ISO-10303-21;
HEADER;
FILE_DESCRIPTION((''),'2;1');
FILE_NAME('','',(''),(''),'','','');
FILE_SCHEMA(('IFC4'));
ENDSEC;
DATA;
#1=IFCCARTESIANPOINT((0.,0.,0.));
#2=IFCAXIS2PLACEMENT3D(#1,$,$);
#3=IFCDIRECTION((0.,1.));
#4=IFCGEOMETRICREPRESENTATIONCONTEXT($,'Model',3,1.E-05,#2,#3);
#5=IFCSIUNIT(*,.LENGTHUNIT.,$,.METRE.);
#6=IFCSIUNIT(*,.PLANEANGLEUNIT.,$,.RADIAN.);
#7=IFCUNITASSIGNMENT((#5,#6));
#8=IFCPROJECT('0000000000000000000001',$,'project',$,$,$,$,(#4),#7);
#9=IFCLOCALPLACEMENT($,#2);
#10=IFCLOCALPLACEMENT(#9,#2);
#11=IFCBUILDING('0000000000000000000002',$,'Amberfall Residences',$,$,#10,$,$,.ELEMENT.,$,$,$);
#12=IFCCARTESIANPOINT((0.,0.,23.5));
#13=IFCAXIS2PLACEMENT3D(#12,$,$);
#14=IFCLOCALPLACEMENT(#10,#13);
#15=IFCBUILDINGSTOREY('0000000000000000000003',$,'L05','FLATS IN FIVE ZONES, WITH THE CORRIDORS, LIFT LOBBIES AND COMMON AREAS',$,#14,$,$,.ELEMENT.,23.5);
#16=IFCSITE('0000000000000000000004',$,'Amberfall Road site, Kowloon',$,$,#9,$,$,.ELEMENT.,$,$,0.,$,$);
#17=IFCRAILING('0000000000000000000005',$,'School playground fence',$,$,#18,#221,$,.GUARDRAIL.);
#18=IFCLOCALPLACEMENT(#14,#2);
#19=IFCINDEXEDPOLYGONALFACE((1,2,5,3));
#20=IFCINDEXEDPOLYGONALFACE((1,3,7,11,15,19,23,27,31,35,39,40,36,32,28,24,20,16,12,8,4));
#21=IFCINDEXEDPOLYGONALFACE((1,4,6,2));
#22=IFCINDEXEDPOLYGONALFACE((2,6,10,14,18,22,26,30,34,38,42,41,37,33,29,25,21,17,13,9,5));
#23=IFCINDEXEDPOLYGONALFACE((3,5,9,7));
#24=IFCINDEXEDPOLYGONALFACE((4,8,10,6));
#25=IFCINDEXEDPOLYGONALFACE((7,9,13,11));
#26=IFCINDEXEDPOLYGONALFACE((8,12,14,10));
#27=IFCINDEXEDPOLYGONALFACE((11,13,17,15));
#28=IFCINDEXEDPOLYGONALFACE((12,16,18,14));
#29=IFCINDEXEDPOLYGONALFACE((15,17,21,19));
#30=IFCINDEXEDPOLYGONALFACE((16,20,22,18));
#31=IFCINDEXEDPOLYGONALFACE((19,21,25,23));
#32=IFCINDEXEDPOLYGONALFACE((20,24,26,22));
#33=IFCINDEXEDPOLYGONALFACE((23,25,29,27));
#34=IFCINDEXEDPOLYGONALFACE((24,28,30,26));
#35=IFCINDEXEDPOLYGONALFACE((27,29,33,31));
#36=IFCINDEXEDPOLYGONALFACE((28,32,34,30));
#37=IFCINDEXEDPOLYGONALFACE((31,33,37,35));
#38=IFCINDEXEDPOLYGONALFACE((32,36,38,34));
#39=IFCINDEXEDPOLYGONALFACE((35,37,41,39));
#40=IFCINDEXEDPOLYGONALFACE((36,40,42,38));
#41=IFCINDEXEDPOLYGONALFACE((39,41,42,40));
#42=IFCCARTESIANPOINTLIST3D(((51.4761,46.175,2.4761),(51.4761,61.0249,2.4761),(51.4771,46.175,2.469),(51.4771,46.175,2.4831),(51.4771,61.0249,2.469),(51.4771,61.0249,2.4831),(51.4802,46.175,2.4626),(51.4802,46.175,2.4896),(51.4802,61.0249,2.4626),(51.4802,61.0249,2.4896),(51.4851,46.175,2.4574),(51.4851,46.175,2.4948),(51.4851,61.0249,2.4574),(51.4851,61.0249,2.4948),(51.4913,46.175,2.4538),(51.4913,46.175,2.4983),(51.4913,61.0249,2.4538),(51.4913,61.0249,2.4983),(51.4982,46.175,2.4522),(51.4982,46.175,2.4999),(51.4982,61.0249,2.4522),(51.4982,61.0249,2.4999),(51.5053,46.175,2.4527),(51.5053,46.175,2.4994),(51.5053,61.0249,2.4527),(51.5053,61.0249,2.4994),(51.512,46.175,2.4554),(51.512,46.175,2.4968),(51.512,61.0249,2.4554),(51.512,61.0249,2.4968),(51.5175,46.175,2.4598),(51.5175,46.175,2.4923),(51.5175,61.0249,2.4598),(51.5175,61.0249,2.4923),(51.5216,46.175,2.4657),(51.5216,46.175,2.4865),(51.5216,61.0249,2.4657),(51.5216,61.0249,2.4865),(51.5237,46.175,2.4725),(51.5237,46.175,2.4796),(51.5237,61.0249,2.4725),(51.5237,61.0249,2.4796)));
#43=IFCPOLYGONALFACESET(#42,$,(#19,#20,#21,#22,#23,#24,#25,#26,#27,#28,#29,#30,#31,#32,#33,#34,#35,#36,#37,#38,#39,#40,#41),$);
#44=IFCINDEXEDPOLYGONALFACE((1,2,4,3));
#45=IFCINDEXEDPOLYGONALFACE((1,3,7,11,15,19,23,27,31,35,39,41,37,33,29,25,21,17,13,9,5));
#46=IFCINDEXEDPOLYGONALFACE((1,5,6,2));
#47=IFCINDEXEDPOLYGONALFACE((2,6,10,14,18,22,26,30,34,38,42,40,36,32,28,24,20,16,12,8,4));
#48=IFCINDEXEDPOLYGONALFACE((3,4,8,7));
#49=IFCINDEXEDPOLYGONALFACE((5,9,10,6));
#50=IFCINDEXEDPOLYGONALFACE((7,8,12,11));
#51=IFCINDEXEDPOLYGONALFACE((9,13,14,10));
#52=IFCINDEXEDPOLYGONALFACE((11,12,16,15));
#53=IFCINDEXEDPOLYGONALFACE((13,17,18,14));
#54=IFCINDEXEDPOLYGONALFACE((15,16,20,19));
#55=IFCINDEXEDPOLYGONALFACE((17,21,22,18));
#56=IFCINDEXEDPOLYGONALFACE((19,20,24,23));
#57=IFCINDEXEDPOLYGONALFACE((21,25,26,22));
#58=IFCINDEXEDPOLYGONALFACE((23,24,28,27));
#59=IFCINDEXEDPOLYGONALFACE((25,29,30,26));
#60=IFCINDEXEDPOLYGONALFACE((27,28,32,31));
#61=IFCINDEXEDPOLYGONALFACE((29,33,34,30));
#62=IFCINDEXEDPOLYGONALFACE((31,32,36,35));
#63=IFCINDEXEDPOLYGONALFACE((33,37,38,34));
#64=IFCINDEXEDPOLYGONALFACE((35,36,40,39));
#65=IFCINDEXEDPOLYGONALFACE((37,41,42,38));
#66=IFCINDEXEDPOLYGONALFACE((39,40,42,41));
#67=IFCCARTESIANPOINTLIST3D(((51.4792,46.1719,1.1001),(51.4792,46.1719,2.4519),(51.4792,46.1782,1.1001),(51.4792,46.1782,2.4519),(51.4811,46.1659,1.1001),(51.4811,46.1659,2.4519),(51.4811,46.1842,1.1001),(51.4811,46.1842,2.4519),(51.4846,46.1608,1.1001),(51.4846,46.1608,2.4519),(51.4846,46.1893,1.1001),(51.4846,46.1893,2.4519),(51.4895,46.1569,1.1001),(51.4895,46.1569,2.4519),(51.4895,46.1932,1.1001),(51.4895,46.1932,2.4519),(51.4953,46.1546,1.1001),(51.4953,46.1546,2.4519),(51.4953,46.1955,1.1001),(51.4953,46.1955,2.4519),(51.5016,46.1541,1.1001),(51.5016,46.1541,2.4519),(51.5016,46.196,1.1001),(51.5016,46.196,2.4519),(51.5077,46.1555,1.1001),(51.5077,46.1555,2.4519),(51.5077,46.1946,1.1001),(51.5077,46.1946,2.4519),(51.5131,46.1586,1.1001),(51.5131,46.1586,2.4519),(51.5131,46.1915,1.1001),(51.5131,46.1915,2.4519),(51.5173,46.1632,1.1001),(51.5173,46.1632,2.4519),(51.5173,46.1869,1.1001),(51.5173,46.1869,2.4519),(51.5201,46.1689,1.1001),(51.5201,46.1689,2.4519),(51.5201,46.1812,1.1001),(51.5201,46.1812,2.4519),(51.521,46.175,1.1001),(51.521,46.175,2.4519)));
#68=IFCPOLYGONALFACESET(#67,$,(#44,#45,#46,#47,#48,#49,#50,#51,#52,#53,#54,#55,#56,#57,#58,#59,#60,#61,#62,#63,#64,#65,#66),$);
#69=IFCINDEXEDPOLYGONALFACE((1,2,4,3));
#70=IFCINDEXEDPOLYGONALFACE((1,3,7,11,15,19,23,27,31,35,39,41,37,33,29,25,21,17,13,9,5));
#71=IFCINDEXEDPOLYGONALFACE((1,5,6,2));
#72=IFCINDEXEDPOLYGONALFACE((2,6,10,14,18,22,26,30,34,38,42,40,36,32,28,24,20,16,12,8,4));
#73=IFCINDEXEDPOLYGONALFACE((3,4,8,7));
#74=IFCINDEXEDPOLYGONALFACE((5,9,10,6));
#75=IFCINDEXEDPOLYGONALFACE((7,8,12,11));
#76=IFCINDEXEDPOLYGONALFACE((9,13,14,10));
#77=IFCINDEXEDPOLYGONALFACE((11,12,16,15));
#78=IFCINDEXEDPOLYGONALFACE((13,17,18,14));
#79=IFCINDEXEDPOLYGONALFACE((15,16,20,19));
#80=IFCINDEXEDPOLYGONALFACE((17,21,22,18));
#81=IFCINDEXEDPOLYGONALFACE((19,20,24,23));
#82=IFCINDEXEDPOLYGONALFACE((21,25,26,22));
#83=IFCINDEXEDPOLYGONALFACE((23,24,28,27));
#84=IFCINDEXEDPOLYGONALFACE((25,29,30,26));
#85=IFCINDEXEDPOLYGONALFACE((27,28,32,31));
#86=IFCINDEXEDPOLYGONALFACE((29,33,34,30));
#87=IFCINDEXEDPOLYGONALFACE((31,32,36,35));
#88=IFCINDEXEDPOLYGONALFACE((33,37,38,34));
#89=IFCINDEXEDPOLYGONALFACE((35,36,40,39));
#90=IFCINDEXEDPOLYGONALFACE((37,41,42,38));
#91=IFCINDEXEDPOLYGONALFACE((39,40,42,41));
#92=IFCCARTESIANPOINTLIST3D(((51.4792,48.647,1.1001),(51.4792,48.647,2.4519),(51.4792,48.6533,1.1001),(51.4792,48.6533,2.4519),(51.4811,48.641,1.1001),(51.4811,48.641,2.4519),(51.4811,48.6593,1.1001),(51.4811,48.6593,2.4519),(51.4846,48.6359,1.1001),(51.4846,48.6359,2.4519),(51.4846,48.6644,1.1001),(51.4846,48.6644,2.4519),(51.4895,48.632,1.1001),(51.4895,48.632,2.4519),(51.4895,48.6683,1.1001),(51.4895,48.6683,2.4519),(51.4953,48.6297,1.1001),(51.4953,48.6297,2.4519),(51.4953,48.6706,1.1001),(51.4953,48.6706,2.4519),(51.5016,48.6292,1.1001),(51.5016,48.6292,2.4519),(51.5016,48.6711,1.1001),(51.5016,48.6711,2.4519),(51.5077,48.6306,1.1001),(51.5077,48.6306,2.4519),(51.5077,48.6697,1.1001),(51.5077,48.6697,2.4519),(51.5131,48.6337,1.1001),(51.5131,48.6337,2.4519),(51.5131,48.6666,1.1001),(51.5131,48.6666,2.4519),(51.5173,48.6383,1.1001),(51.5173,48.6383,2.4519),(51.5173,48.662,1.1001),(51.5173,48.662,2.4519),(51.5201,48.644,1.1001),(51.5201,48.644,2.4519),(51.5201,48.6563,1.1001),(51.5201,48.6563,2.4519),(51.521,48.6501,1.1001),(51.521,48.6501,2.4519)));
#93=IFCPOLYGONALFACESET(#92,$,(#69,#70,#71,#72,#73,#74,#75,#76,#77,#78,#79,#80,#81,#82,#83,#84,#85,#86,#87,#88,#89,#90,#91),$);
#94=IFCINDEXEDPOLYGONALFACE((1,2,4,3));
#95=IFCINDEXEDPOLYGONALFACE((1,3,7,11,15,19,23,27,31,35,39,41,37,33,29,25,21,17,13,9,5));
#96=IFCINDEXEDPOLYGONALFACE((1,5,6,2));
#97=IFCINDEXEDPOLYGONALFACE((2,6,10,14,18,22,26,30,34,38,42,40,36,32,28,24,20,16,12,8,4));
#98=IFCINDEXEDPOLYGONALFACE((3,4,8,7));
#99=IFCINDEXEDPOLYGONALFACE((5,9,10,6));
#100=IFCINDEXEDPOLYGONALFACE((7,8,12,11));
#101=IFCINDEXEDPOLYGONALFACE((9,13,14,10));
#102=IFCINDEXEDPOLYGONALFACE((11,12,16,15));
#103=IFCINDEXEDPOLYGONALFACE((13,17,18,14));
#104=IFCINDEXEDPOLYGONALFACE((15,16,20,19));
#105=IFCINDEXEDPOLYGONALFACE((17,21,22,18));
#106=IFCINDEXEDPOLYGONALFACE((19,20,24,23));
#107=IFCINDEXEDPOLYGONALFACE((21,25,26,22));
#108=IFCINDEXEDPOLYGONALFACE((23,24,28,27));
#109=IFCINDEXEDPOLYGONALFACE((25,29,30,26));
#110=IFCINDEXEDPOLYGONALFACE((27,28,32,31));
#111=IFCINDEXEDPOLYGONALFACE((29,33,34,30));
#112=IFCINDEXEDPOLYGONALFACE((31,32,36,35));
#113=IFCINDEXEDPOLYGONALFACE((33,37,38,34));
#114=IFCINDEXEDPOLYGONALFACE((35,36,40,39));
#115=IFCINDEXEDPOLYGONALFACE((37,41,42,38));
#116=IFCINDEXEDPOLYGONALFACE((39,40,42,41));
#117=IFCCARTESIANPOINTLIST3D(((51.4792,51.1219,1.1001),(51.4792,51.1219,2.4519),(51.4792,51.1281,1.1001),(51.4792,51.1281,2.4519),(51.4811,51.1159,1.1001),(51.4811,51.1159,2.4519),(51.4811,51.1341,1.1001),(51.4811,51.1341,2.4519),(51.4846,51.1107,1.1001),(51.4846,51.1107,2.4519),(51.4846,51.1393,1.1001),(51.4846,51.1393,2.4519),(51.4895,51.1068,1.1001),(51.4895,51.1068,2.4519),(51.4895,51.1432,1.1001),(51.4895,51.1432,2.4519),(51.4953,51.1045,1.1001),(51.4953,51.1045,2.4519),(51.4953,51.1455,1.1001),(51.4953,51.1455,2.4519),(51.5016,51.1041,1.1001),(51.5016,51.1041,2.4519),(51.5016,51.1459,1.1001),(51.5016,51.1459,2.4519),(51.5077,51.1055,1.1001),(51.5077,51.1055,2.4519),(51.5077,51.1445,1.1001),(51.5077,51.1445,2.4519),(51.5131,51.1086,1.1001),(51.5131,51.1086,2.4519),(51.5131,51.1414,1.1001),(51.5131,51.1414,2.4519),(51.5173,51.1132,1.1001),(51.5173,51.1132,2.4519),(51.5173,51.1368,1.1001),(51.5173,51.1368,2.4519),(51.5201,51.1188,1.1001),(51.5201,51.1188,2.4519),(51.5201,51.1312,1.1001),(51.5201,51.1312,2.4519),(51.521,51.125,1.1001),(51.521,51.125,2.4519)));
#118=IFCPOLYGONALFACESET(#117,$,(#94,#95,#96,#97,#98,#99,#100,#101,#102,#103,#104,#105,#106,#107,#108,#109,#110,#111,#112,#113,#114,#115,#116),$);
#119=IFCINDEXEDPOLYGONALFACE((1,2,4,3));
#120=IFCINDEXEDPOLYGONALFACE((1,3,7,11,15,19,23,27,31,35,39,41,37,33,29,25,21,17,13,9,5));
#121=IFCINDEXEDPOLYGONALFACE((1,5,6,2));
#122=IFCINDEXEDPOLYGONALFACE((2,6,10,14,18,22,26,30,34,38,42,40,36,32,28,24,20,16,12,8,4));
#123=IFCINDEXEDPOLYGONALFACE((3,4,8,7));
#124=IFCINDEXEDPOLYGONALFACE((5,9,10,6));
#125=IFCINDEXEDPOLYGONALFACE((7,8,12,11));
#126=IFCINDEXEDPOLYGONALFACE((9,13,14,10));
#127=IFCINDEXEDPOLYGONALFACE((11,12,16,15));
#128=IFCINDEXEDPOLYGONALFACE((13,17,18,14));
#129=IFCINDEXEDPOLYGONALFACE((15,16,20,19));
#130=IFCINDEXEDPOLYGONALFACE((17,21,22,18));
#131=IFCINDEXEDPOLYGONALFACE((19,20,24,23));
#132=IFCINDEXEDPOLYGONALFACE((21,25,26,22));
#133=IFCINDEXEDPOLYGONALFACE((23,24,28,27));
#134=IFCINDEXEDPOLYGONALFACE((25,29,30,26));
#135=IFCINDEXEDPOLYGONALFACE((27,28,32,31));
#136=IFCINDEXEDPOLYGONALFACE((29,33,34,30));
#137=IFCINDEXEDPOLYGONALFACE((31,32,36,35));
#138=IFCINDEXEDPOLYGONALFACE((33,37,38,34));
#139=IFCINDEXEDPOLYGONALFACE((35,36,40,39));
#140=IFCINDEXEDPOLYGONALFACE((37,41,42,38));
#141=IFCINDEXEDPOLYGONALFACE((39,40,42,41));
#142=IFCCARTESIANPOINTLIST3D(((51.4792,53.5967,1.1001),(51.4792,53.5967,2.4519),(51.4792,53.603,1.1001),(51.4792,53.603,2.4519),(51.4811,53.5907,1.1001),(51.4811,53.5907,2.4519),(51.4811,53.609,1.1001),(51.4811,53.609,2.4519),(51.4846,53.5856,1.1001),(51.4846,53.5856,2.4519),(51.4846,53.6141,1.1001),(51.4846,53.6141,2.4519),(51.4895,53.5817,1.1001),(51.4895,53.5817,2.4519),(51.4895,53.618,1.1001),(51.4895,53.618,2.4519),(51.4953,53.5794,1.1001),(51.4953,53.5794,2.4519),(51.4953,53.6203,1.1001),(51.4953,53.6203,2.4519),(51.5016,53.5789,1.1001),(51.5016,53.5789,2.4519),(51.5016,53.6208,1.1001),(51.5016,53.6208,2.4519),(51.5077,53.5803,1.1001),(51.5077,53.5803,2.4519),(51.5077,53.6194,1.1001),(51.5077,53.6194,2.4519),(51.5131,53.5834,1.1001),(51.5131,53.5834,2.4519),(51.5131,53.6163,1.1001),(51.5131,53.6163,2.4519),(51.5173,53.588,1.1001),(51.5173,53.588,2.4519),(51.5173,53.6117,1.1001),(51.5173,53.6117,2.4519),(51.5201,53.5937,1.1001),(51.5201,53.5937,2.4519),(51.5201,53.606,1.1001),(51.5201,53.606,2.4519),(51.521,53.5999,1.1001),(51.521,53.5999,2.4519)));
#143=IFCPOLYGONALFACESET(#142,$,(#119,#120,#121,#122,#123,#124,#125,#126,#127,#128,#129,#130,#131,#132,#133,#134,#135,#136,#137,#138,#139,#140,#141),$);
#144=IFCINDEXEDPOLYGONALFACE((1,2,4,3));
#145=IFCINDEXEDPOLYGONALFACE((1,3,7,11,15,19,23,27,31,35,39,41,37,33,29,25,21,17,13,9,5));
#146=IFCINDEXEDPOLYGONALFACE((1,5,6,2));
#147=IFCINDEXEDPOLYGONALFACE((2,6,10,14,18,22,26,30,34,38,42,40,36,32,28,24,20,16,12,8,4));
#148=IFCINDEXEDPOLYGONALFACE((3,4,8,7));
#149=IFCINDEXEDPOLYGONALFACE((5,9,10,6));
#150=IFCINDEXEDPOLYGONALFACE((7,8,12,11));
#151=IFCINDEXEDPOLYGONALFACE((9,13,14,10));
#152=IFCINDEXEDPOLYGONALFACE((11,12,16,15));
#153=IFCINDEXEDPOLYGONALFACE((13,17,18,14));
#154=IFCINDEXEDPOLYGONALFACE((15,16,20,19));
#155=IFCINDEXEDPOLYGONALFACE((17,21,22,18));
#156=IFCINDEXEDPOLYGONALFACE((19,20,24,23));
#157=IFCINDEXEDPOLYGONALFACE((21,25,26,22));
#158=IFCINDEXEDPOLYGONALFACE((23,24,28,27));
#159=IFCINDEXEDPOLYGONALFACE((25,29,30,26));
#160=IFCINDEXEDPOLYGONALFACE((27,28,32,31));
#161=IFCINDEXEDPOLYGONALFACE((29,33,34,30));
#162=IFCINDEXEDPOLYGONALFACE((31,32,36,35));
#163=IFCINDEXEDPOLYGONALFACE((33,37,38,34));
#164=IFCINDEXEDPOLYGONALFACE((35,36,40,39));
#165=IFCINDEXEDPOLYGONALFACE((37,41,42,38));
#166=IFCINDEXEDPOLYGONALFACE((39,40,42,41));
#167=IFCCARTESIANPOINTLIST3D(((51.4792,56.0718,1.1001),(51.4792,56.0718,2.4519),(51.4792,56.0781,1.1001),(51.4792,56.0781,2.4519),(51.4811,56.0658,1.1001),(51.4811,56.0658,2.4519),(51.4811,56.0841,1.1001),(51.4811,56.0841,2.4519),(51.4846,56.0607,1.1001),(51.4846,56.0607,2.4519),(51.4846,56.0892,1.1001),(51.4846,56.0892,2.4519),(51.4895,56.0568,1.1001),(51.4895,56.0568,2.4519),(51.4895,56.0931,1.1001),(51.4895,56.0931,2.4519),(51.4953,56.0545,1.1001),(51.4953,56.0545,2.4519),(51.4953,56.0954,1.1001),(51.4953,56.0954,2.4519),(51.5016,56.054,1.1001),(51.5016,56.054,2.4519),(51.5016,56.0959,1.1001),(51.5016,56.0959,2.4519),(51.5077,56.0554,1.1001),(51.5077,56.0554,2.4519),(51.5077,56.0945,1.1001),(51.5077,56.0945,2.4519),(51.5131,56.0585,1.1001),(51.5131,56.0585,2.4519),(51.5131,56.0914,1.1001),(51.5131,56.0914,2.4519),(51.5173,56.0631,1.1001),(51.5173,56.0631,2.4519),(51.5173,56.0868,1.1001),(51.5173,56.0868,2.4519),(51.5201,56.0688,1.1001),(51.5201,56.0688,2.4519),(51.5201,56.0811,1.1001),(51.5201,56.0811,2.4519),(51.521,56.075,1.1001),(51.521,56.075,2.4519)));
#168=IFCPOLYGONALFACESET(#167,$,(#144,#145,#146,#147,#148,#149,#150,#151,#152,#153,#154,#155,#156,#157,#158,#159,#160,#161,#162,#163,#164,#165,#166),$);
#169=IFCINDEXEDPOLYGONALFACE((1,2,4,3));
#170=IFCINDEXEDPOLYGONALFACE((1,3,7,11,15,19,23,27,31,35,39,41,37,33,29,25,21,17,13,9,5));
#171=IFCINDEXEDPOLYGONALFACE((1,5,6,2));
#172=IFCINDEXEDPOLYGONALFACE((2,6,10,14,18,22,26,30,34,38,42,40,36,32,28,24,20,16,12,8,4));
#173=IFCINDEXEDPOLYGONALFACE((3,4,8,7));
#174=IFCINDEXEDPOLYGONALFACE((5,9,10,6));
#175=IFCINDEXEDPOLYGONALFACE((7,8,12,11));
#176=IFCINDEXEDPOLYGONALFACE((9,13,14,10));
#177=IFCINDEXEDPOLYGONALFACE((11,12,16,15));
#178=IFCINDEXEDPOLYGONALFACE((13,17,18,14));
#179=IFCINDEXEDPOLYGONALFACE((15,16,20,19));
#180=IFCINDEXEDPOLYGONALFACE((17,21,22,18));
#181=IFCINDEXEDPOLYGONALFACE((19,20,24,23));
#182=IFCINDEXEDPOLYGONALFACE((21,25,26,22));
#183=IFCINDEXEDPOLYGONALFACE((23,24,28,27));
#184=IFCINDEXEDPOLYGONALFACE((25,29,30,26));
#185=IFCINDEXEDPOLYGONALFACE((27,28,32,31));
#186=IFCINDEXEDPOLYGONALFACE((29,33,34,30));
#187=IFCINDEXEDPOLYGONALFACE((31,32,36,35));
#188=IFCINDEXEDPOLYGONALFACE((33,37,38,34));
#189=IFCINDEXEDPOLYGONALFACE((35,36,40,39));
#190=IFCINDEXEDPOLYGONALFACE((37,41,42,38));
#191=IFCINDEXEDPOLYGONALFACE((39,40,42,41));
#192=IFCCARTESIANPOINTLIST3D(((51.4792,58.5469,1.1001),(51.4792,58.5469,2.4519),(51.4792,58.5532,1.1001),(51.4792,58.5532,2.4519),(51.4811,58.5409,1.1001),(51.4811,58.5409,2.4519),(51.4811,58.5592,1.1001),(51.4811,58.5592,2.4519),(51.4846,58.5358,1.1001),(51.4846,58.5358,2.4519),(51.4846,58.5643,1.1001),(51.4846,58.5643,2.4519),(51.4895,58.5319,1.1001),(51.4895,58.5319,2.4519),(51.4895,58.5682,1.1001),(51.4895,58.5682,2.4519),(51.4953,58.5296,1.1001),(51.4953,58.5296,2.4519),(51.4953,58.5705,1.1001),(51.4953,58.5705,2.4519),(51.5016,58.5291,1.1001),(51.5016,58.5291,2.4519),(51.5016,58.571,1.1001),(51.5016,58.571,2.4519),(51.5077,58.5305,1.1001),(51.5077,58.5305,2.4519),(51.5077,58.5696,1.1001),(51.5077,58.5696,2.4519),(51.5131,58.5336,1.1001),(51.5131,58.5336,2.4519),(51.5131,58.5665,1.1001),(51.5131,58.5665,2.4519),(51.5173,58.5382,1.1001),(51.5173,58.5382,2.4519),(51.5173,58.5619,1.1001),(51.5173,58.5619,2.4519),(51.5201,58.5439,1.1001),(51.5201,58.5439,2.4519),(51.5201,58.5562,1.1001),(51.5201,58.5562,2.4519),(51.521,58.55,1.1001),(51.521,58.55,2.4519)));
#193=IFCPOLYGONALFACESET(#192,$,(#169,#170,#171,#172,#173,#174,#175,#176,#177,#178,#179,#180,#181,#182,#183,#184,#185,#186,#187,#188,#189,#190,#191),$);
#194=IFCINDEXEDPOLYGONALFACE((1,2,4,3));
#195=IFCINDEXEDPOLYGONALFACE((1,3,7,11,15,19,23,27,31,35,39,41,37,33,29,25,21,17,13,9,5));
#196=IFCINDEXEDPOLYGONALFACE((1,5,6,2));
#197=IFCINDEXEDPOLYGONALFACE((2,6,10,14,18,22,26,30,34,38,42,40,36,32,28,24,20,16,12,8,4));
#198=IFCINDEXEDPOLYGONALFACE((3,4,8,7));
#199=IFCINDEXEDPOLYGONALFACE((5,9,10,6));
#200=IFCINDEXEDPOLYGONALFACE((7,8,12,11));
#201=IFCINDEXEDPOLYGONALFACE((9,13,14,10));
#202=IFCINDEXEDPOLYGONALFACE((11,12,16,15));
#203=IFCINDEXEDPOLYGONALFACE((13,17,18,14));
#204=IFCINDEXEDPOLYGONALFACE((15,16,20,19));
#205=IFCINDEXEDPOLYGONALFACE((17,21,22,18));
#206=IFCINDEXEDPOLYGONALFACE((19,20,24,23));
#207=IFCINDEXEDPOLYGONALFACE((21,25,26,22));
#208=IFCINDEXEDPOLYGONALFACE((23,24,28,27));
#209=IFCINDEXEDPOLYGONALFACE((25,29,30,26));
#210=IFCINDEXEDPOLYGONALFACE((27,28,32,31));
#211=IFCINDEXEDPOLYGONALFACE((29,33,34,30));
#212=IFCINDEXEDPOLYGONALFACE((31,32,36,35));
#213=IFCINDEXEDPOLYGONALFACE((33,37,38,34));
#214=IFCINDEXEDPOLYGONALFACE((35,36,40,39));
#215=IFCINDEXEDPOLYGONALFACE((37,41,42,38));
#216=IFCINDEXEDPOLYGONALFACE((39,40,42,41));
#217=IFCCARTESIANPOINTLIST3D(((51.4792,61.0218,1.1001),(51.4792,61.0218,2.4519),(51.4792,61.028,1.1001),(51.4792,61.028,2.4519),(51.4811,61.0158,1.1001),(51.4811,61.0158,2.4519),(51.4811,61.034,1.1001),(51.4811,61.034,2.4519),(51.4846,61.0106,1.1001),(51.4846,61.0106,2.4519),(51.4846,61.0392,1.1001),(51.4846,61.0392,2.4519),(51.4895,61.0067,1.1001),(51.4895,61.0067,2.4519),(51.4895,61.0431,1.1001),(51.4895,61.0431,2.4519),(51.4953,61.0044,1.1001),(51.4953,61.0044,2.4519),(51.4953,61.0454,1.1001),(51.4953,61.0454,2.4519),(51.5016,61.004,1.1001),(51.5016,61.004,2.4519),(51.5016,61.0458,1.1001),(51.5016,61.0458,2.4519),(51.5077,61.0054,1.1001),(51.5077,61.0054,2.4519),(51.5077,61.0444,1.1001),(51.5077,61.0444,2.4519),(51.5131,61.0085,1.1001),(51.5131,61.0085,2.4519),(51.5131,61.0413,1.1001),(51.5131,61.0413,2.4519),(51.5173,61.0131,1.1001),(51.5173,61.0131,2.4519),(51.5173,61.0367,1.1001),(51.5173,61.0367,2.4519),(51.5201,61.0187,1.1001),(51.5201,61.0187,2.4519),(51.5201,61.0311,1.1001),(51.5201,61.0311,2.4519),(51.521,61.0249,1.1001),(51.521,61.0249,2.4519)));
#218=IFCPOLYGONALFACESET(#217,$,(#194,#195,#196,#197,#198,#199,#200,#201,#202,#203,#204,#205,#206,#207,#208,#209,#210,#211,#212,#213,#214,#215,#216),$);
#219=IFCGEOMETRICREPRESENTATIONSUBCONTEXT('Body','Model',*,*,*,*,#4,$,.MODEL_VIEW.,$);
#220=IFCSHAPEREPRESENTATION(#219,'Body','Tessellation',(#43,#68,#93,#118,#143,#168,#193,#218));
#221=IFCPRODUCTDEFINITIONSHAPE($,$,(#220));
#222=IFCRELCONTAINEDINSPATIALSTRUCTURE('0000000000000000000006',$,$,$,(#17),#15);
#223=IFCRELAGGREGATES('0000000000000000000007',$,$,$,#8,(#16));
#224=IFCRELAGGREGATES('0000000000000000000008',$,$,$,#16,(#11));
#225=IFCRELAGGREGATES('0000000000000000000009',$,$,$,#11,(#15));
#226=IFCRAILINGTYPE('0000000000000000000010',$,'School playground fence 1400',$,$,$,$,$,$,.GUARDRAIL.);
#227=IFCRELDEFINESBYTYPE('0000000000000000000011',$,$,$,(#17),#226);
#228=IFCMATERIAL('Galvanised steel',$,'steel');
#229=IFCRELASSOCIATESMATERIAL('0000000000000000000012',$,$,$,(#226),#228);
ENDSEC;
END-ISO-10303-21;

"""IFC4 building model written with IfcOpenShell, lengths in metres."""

from ifc_helpers import new_model, si_unit, direction, frame, origin, origin_2d, place, context, subcontext, project, spatial, circle, extrude, material, type_object, element, save


model = new_model("IFC4")

# Units and contexts
model_context = context("Model", 3, precision=1e-05, world=origin(), true_north=direction((0.0, 1.0)))
body_context = subcontext(model_context, "Body", "Model", "MODEL_VIEW")
ifc_project = project(units=[si_unit("LENGTHUNIT", "METRE"), si_unit("PLANEANGLEUNIT", "RADIAN")], contexts=[model_context])

# Site, building, storey
site_placement = place(None, origin())
site = spatial("IfcSite", under=ifc_project, at=site_placement, Name="Amberfall Road site, Kowloon", CompositionType="ELEMENT", RefElevation=0.0)
building_placement = place(site_placement, origin())
building = spatial("IfcBuilding", under=site, at=building_placement, Name="Amberfall Residences", CompositionType="ELEMENT")
storey_placement = place(building_placement, frame((0.0, 0.0, 23.5)))
storey = spatial("IfcBuildingStorey", under=building, at=storey_placement, Name="L05", Description="FLATS IN FIVE ZONES, WITH THE CORRIDORS, LIFT LOBBIES AND COMMON AREAS", CompositionType="ELEMENT", Elevation=23.5)

# Railing
ifc_material_1 = material(Name="Galvanised steel", Category="steel")
railing_type_1 = type_object("IfcRailingType", Name="School playground fence 1400", PredefinedType="GUARDRAIL", material=ifc_material_1)
railing_1_placement = place(storey_placement, frame((51.5, 46.175, 1.1001)))
element("IfcRailing", 1, at=railing_1_placement, inside=storey, type_object=railing_type_1, Name="School playground fence", PredefinedType="GUARDRAIL", context=body_context, shape_type="SweptSolid", body=[
    extrude(circle(Radius=0.0239, at=origin_2d()), frame((0.0, 0.0, 1.376), z_axis=(0.0, 1.0, 0.0), x_axis=(-1.0, 0.0, 0.0)), (0.0, 0.0, 1.0), 14.8499),
    extrude(circle(Radius=0.021, at=origin_2d()), origin(), (0.0, 0.0, 1.0), 1.3518),
    extrude(circle(Radius=0.021, at=origin_2d()), frame((0.0, 2.4751, 0.0)), (0.0, 0.0, 1.0), 1.3518),
    extrude(circle(Radius=0.021, at=origin_2d()), frame((0.0, 4.95, 0.0)), (0.0, 0.0, 1.0), 1.3518),
    extrude(circle(Radius=0.021, at=origin_2d()), frame((0.0, 7.4248, 0.0)), (0.0, 0.0, 1.0), 1.3518),
    extrude(circle(Radius=0.021, at=origin_2d()), frame((0.0, 9.8999, 0.0)), (0.0, 0.0, 1.0), 1.3518),
    extrude(circle(Radius=0.021, at=origin_2d()), frame((0.0, 12.375, 0.0)), (0.0, 0.0, 1.0), 1.3518),
    extrude(circle(Radius=0.021, at=origin_2d()), frame((0.0, 14.8499, 0.0)), (0.0, 0.0, 1.0), 1.3518),
])

save(model, "model.ifc")
